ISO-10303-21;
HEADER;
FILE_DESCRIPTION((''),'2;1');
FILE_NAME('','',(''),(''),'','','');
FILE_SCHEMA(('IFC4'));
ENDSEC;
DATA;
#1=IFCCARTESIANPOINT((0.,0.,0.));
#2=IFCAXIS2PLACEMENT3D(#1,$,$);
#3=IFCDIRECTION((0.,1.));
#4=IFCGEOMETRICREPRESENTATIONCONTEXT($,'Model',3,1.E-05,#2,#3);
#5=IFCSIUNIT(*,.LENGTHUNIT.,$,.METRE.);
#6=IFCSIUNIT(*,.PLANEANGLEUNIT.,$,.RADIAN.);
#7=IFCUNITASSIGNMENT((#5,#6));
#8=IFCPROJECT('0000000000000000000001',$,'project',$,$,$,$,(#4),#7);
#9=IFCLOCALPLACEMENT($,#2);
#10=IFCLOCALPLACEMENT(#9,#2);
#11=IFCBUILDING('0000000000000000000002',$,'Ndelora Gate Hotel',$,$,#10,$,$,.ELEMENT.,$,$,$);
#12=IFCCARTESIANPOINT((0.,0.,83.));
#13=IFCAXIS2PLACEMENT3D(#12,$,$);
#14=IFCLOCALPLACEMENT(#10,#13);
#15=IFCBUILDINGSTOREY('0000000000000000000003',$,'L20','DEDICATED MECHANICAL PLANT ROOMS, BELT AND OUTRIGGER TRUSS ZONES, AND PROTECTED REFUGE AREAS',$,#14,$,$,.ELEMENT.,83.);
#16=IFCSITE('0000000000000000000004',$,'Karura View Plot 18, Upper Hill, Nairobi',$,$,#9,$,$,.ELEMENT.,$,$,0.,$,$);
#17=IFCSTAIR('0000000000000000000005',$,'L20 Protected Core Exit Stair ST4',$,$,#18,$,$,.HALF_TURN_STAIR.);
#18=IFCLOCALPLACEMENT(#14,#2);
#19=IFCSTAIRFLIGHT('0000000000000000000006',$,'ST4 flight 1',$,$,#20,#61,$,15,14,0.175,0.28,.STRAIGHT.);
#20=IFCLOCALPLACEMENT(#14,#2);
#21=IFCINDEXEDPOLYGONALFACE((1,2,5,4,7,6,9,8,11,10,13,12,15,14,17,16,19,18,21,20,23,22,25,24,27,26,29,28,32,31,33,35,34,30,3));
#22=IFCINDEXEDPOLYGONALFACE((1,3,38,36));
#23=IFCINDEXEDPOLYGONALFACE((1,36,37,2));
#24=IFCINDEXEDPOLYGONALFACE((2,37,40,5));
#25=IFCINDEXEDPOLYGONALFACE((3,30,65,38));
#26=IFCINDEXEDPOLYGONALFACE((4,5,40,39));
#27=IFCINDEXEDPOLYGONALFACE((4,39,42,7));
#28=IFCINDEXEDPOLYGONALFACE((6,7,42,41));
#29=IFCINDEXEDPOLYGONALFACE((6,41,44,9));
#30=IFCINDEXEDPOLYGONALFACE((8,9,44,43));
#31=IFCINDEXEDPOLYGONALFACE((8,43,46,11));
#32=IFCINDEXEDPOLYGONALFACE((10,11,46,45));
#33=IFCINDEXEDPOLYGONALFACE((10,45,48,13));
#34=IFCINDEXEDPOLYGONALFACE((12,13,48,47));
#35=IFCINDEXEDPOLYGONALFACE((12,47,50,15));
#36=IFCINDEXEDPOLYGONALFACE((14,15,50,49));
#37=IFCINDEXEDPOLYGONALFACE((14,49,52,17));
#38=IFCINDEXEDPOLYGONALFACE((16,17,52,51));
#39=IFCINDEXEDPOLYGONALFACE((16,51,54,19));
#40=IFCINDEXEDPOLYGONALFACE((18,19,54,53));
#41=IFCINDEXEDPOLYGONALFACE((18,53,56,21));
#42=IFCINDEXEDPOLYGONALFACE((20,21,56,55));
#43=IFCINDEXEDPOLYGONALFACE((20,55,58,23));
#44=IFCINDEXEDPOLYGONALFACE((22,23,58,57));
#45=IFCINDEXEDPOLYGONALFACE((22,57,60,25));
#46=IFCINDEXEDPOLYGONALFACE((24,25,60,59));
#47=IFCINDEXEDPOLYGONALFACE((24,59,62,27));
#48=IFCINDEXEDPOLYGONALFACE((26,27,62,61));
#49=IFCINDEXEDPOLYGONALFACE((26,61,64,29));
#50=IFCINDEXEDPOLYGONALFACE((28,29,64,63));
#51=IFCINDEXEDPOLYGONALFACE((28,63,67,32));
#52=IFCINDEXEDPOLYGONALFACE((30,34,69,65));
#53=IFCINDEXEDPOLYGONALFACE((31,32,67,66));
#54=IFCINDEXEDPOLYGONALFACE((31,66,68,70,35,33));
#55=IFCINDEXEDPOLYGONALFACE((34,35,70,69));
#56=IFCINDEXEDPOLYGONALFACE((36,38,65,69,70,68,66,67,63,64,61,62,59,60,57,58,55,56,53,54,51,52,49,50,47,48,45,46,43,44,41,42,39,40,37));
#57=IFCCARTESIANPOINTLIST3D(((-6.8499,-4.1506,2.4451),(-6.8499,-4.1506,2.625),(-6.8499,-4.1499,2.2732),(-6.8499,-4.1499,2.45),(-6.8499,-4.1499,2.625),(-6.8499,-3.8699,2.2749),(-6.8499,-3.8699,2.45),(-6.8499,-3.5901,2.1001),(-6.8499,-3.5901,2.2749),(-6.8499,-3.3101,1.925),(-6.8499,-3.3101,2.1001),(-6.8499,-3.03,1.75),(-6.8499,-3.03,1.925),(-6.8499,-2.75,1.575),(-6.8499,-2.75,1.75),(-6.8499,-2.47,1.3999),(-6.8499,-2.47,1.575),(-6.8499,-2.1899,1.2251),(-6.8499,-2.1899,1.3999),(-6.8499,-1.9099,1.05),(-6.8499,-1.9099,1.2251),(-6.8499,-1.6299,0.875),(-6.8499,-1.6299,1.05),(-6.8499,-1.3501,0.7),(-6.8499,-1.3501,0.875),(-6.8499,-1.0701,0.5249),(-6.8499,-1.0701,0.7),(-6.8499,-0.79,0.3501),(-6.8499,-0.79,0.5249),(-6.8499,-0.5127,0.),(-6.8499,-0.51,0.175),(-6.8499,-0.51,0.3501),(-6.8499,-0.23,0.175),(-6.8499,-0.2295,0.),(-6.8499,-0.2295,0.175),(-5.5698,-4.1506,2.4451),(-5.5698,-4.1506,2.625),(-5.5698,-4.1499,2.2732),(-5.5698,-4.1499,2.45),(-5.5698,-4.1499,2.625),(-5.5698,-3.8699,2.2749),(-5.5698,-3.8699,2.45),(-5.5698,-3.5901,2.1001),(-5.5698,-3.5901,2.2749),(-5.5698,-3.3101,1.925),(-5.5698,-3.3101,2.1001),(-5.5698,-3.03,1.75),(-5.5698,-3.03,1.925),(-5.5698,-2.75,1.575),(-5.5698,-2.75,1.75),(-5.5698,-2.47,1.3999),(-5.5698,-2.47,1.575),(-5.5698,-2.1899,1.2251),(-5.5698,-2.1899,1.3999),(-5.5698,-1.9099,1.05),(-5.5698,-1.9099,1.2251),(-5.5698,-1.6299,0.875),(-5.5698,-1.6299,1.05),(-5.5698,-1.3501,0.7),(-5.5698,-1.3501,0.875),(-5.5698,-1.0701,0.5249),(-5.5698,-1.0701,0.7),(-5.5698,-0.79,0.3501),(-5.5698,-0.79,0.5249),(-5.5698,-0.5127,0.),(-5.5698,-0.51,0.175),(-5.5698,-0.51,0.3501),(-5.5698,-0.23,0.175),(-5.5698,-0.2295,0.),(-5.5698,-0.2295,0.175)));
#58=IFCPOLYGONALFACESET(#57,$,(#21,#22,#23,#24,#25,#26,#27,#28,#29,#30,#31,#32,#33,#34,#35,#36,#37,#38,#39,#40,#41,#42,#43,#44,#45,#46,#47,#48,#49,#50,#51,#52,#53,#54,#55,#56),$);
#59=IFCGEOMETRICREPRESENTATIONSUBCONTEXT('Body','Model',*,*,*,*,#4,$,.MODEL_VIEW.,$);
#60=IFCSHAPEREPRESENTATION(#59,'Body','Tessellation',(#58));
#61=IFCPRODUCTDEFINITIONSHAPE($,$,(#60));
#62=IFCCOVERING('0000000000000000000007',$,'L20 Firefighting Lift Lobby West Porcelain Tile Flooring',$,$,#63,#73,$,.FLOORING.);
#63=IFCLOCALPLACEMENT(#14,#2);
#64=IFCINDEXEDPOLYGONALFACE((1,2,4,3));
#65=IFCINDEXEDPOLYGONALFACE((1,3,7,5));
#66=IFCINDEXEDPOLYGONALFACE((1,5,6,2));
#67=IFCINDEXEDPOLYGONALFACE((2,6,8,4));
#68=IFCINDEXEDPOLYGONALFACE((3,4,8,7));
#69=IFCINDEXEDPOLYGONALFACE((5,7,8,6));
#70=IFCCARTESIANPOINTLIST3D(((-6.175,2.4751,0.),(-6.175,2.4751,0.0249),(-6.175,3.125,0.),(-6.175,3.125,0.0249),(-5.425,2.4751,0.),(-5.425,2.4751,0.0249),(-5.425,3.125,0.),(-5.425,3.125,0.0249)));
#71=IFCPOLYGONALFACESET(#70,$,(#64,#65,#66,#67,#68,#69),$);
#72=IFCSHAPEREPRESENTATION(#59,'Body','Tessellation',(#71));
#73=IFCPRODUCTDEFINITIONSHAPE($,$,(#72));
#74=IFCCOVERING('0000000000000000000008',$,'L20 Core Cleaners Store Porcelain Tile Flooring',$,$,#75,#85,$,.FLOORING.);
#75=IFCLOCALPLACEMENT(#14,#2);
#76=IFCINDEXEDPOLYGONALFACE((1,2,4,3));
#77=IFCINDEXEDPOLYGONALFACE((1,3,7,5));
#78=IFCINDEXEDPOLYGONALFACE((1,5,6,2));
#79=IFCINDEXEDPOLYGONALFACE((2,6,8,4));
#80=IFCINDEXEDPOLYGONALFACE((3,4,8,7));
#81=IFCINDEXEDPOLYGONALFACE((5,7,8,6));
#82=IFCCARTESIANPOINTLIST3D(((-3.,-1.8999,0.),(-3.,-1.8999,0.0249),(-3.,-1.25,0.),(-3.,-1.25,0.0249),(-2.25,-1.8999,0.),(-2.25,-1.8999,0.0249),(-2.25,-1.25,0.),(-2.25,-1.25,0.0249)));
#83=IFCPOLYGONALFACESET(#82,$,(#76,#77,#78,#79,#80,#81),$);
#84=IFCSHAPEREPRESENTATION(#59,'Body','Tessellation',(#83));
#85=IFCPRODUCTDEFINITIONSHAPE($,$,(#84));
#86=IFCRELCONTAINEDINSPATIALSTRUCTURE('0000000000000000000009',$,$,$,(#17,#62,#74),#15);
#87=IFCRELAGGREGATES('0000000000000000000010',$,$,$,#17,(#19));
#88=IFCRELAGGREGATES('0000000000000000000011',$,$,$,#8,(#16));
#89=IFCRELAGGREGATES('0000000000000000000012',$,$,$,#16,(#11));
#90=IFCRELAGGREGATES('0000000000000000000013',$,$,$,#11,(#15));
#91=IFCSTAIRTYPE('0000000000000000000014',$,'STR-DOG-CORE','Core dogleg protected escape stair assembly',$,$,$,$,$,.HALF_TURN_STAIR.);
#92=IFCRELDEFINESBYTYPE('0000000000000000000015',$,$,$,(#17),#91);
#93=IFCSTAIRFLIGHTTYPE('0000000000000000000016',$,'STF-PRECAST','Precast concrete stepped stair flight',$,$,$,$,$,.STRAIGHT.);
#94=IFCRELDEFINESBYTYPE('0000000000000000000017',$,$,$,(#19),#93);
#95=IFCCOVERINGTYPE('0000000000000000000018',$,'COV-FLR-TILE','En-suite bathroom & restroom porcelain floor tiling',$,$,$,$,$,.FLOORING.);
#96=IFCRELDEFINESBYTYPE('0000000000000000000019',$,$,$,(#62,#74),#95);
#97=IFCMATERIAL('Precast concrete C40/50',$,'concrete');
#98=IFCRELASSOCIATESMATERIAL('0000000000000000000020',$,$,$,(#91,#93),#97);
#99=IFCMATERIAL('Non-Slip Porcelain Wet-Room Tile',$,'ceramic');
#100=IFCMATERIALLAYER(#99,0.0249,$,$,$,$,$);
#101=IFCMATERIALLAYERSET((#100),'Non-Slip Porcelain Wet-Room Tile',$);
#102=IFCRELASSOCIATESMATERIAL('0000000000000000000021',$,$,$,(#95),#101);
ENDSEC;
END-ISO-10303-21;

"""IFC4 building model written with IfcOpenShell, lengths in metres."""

from ifc_helpers import new_model, si_unit, direction, frame, origin, origin_2d, place, context, subcontext, project, spatial, polyline, rectangle, outline, extrude, material, layer, layer_set, type_object, element, aggregate, save


model = new_model("IFC4")

# Units and contexts
model_context = context("Model", 3, precision=1e-05, world=origin(), true_north=direction((0.0, 1.0)))
body_context = subcontext(model_context, "Body", "Model", "MODEL_VIEW")
ifc_project = project(units=[si_unit("LENGTHUNIT", "METRE"), si_unit("PLANEANGLEUNIT", "RADIAN")], contexts=[model_context])

# Site, building, storey
site_placement = place(None, origin())
site = spatial("IfcSite", under=ifc_project, at=site_placement, Name="Karura View Plot 18, Upper Hill, Nairobi", CompositionType="ELEMENT", RefElevation=0.0)
building_placement = place(site_placement, origin())
building = spatial("IfcBuilding", under=site, at=building_placement, Name="Ndelora Gate Hotel", CompositionType="ELEMENT")
storey_placement = place(building_placement, frame((0.0, 0.0, 83.0)))
storey = spatial("IfcBuildingStorey", under=building, at=storey_placement, Name="L20", Description="DEDICATED MECHANICAL PLANT ROOMS, BELT AND OUTRIGGER TRUSS ZONES, AND PROTECTED REFUGE AREAS", CompositionType="ELEMENT", Elevation=83.0)

# Stair, stair flight
ifc_material_1 = material(Name="Precast concrete C40/50", Category="concrete")
stair_type = type_object("IfcStairType", Name="STR-DOG-CORE", Description="Core dogleg protected escape stair assembly", PredefinedType="HALF_TURN_STAIR", material=ifc_material_1)
stair_placement = place(storey_placement, origin())
stair = element("IfcStair", 1, at=stair_placement, inside=storey, type_object=stair_type, Name="L20 Protected Core Exit Stair ST4", PredefinedType="HALF_TURN_STAIR")
stair_flight_type = type_object("IfcStairFlightType", Name="STF-PRECAST", Description="Precast concrete stepped stair flight", PredefinedType="STRAIGHT", material=ifc_material_1)
stair_flight_placement = place(storey_placement, frame((-6.21, -0.23, 0.0), z_axis=(0.0, 0.0, 1.0), x_axis=(0.0, -1.0, 0.0)))
stair_flight = element("IfcStairFlight", 2, at=stair_flight_placement, type_object=stair_flight_type, Name="ST4 flight 1", NumberOfRisers=15, NumberOfTreads=14, PredefinedType="STRAIGHT", RiserHeight=0.175, TreadLength=0.28, context=body_context, shape_type="SweptSolid", body=[
    extrude(outline(polyline([(-0.0005, 0.0), (-0.0005, 0.175), (0.0, 0.175), (0.28, 0.175), (0.28, 0.3501), (0.5601, 0.3501), (0.5601, 0.5249), (0.8401, 0.5249), (0.8401, 0.7), (1.1201, 0.7), (1.1201, 0.875), (1.3999, 0.875), (1.3999, 1.05), (1.6799, 1.05), (1.6799, 1.2251), (1.96, 1.2251), (1.96, 1.3999), (2.24, 1.3999), (2.24, 1.575), (2.52, 1.575), (2.52, 1.75), (2.8, 1.75), (2.8, 1.925), (3.0801, 1.925), (3.0801, 2.1001), (3.3601, 2.1001), (3.3601, 2.2749), (3.6399, 2.2749), (3.6399, 2.45), (3.9199, 2.45), (3.9199, 2.625), (3.9207, 2.625), (3.9207, 2.4451), (3.9199, 2.2732), (0.2827, 0.0), (-0.0005, 0.0)])), frame((0.0, 0.6401, 0.0), z_axis=(0.0, -1.0, 0.0), x_axis=(1.0, 0.0, 0.0)), (0.0, 0.0, 1.0), 1.28),
])
aggregate(stair, [stair_flight])

# Coverings
ifc_material_2 = material(Name="Non-Slip Porcelain Wet-Room Tile", Category="ceramic")
ifc_layer_1 = layer(ifc_material_2, 0.0249)
ifc_layer_set_1 = layer_set([ifc_layer_1], Name="Non-Slip Porcelain Wet-Room Tile")
covering_type = type_object("IfcCoveringType", Name="COV-FLR-TILE", Description="En-suite bathroom & restroom porcelain floor tiling", PredefinedType="FLOORING", material=ifc_layer_set_1)
for number, where, z_axis, x_axis, name in (
    (3, (-5.8, 2.8, 0.0), (0.0, 0.0, 1.0), (1.0, 0.0, 0.0), "L20 Firefighting Lift Lobby West Porcelain Tile Flooring"),
    (4, (-2.625, -1.575, 0.0), (0.0, 0.0, 1.0), (1.0, 0.0, 0.0), "L20 Core Cleaners Store Porcelain Tile Flooring"),
):
    element("IfcCovering", number, at=place(storey_placement, frame(where, z_axis=z_axis, x_axis=x_axis)), inside=storey, type_object=covering_type, Name=name, PredefinedType="FLOORING", context=body_context, shape_type="SweptSolid", body=[
        extrude(rectangle(XDim=0.75, YDim=0.6499, at=origin_2d()), origin(), (0.0, 0.0, 1.0), 0.0249),
    ])

save(model, "model.ifc")
